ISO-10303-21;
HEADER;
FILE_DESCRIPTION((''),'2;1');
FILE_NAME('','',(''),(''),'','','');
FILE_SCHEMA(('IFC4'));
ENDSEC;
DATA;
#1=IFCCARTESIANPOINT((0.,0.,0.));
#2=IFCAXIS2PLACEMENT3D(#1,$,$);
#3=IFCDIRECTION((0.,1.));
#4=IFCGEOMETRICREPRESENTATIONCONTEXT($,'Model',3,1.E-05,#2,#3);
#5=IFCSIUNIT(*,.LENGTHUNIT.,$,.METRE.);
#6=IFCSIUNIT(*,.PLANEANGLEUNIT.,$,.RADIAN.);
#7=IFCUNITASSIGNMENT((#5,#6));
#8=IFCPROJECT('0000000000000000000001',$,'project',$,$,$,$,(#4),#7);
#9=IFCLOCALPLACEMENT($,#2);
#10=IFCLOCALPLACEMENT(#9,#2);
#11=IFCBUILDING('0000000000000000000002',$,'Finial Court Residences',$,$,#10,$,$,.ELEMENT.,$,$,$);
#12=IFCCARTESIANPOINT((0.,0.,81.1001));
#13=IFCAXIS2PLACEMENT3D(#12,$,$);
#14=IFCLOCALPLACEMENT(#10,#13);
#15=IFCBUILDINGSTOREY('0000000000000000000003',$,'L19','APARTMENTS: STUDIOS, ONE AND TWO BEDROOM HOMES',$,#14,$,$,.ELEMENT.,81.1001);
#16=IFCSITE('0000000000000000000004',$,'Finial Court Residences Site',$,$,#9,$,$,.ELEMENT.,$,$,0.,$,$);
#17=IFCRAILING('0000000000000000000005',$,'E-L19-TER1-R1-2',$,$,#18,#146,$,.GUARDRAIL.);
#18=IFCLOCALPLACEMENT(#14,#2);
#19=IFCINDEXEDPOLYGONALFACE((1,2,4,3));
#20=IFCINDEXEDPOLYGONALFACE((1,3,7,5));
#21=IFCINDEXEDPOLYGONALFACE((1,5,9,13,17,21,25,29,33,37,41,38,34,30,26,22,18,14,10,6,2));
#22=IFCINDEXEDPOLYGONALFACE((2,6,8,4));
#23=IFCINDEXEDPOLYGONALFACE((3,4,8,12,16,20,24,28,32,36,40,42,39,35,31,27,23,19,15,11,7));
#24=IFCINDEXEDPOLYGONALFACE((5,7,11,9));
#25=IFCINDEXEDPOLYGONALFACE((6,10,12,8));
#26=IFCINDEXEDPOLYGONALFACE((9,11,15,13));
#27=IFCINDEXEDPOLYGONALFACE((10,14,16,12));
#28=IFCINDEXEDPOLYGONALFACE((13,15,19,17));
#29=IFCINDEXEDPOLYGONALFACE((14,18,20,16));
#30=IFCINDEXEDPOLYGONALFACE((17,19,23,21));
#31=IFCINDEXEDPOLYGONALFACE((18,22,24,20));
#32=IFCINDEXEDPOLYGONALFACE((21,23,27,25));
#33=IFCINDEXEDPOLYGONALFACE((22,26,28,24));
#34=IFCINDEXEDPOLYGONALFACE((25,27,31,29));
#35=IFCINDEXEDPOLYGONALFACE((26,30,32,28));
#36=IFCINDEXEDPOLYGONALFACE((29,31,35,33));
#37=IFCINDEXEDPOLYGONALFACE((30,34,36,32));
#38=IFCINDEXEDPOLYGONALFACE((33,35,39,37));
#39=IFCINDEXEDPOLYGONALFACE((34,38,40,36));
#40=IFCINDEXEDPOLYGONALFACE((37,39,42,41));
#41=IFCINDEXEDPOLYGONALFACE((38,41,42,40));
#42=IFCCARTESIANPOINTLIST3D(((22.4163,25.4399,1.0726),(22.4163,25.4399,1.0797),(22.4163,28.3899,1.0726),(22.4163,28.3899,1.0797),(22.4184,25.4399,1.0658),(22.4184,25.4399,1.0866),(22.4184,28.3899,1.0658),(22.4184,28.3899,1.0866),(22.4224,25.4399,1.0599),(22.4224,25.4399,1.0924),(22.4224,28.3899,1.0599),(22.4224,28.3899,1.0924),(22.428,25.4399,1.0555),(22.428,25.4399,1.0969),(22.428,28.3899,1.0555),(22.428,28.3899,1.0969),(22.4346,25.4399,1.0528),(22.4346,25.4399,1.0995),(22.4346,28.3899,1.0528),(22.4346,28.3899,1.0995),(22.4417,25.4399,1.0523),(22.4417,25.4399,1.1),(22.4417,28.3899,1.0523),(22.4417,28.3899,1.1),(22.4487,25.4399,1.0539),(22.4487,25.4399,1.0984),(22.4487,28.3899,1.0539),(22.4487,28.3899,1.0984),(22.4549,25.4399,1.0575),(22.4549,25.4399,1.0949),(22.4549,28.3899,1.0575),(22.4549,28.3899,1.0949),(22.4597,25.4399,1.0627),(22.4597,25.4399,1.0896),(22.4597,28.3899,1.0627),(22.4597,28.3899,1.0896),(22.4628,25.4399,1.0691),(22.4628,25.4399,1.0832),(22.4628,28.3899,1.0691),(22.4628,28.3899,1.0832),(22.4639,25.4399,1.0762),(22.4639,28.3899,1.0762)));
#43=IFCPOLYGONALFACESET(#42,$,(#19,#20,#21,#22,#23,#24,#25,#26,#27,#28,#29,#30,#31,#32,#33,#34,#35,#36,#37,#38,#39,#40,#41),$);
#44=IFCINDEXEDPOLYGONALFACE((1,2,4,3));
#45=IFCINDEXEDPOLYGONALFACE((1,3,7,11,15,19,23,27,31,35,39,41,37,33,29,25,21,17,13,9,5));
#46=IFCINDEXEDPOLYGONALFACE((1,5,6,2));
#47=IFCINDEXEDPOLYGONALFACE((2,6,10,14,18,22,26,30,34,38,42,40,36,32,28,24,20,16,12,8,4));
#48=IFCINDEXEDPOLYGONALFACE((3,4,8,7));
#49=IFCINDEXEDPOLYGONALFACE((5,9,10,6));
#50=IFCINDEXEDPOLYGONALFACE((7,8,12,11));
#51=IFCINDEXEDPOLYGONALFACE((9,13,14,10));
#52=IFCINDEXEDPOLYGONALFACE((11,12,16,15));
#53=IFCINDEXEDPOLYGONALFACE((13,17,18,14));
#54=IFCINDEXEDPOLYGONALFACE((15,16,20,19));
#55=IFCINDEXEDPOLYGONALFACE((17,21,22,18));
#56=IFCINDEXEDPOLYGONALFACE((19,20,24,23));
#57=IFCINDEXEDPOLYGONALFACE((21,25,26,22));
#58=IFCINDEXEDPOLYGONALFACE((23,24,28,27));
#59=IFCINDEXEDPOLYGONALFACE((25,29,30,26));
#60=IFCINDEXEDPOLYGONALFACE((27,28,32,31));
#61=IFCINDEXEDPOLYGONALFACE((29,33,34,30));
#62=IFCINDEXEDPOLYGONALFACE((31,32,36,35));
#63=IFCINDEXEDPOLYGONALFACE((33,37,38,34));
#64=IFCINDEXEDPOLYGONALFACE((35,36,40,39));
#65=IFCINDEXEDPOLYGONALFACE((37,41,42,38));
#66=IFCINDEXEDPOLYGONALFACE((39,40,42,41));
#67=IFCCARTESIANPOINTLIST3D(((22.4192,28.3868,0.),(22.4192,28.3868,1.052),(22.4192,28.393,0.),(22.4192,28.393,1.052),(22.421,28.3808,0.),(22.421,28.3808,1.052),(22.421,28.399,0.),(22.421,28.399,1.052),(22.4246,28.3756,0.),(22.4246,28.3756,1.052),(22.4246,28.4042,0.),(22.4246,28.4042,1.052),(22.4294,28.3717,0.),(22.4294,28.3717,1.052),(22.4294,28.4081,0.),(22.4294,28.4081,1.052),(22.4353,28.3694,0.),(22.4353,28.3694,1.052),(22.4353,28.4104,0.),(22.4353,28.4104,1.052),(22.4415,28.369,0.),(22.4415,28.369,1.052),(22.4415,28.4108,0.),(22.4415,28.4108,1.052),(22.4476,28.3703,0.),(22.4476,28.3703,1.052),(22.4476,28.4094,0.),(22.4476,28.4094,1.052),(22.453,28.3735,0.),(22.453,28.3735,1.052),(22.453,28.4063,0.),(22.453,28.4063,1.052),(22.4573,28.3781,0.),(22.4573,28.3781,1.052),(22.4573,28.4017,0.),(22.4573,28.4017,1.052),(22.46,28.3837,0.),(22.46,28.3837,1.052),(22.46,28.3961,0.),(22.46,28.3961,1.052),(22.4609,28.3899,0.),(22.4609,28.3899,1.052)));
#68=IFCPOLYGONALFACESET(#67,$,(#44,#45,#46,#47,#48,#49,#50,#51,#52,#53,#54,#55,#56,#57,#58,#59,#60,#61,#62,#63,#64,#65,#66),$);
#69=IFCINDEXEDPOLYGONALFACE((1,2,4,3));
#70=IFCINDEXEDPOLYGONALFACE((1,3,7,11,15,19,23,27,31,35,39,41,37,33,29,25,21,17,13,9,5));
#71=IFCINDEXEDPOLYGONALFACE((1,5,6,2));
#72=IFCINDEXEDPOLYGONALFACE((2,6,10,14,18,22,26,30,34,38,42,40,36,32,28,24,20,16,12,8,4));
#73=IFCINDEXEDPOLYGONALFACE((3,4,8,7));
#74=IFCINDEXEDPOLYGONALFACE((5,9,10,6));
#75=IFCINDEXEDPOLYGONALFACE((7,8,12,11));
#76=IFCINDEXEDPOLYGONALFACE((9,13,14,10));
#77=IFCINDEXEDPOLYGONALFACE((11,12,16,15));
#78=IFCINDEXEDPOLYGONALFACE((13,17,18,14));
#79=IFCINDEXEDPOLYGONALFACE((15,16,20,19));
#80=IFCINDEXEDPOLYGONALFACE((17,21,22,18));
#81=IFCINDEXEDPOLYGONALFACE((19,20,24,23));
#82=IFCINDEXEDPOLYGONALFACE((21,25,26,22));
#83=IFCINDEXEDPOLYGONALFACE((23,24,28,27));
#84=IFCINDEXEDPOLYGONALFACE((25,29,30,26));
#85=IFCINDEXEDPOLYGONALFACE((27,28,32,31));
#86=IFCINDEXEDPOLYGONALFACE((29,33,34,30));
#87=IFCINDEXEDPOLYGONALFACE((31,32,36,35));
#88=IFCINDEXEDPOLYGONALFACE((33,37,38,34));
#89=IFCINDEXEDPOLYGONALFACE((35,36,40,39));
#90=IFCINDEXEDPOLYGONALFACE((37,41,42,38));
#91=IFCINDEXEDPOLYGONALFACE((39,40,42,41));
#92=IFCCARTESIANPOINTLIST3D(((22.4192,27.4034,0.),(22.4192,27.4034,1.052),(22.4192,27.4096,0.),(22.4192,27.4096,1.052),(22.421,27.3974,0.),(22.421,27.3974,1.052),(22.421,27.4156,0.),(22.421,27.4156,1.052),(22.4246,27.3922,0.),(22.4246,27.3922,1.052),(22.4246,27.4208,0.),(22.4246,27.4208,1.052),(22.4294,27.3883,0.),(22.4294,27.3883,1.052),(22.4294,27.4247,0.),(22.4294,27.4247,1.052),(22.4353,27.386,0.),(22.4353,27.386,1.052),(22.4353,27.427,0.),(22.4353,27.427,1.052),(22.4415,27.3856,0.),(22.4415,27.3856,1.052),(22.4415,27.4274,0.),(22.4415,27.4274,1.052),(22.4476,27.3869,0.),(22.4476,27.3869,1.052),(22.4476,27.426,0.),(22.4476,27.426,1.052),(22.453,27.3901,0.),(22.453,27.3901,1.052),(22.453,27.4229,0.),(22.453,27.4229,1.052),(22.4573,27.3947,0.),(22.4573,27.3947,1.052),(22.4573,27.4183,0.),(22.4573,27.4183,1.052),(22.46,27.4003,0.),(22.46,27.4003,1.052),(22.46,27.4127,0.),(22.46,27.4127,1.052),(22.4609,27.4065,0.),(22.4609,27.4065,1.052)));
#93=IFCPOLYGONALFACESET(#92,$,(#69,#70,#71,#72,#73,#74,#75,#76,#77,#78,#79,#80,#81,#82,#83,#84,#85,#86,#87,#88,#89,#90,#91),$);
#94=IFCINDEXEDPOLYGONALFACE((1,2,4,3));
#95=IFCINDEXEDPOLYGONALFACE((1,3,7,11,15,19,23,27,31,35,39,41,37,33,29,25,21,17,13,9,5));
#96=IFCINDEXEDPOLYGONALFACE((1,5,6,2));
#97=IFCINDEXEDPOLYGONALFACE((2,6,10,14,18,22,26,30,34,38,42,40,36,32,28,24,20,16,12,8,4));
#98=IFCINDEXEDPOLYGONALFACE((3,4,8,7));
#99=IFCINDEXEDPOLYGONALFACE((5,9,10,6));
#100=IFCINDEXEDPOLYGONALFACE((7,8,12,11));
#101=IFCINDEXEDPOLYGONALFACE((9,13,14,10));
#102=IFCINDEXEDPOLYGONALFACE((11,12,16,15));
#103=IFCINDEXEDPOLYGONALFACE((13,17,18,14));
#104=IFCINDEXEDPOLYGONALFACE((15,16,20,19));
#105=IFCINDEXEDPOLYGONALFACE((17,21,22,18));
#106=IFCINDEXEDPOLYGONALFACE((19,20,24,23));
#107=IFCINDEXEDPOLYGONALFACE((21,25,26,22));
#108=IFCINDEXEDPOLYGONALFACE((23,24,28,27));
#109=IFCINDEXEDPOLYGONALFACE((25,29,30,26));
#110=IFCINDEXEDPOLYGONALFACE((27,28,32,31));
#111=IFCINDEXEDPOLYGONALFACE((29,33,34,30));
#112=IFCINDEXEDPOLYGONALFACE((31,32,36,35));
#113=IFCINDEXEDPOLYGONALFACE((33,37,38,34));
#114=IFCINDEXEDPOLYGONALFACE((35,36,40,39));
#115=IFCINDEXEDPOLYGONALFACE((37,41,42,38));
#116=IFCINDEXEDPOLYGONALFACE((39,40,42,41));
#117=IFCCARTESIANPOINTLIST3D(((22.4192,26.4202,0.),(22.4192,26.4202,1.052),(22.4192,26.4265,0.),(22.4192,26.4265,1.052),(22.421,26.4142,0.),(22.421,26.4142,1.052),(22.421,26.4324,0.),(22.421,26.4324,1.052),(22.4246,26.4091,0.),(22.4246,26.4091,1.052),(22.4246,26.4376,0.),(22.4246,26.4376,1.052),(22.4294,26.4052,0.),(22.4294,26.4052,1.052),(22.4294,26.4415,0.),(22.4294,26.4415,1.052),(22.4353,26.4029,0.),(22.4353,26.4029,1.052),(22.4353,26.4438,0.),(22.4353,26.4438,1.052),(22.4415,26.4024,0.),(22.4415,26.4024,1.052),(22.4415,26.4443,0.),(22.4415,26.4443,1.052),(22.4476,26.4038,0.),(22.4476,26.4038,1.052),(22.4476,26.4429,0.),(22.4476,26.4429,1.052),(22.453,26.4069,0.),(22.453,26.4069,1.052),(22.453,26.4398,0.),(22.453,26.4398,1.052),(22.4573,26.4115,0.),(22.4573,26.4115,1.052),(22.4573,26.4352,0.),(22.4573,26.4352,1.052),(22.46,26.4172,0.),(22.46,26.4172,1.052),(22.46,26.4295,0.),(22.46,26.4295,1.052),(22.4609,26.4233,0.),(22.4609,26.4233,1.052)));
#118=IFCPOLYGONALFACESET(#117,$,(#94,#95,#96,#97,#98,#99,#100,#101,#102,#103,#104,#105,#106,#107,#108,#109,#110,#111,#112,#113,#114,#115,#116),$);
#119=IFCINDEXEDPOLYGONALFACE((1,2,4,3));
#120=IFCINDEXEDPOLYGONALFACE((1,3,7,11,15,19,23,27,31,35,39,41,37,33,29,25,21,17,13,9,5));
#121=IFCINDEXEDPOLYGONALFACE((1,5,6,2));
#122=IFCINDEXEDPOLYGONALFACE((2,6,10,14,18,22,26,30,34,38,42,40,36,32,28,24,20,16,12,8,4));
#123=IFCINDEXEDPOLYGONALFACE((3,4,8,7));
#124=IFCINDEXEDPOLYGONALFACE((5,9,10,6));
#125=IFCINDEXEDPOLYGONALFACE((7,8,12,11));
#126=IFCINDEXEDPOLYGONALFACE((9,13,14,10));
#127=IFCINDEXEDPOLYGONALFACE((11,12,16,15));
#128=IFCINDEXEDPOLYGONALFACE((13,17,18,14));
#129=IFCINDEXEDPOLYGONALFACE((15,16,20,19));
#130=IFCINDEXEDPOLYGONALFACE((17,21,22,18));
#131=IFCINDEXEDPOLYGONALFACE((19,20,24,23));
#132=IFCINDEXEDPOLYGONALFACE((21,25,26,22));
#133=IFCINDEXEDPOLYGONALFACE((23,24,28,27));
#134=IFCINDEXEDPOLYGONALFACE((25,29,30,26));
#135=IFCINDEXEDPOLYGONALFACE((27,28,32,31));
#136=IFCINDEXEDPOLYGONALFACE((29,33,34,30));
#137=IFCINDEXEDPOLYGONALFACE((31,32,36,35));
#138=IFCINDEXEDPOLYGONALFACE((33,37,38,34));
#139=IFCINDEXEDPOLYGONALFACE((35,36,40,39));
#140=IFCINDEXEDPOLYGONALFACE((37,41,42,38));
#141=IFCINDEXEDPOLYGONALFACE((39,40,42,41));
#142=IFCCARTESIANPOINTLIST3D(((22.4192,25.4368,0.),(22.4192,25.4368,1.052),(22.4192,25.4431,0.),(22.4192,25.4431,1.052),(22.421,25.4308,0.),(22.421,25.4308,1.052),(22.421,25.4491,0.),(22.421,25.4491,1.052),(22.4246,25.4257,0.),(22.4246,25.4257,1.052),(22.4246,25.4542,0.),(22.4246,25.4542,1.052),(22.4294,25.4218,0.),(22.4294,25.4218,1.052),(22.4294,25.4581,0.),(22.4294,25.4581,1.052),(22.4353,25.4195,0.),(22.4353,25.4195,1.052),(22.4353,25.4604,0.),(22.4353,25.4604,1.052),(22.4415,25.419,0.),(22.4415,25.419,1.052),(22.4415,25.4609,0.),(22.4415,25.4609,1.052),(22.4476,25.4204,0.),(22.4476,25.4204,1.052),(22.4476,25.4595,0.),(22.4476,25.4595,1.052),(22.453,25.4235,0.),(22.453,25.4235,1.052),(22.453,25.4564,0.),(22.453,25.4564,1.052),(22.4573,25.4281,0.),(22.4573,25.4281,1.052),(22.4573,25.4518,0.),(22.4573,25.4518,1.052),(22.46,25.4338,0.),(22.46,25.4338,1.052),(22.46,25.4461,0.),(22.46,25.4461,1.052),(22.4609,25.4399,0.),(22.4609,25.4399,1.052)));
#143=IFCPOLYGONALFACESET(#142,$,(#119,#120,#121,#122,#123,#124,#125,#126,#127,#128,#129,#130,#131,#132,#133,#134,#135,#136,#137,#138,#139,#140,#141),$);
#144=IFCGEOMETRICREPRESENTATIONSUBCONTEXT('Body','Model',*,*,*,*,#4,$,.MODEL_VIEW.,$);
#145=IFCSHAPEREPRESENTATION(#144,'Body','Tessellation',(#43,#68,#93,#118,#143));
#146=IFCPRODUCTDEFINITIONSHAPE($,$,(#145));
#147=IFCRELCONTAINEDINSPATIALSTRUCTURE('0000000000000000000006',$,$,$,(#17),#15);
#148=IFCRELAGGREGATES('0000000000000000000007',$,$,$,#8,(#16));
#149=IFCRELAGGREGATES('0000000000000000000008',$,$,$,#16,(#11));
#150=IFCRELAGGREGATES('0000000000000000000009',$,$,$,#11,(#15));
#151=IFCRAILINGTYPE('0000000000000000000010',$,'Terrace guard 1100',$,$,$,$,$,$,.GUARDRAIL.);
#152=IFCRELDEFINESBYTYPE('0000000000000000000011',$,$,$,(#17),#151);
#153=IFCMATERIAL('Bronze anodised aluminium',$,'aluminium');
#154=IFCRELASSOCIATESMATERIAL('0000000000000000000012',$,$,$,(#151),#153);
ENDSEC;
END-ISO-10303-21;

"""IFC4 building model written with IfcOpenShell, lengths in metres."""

from ifc_helpers import new_model, si_unit, direction, frame, origin, origin_2d, place, context, subcontext, project, spatial, circle, extrude, material, type_object, element, save


model = new_model("IFC4")

# Units and contexts
model_context = context("Model", 3, precision=1e-05, world=origin(), true_north=direction((0.0, 1.0)))
body_context = subcontext(model_context, "Body", "Model", "MODEL_VIEW")
ifc_project = project(units=[si_unit("LENGTHUNIT", "METRE"), si_unit("PLANEANGLEUNIT", "RADIAN")], contexts=[model_context])

# Site, building, storey
site_placement = place(None, origin())
site = spatial("IfcSite", under=ifc_project, at=site_placement, Name="Finial Court Residences Site", CompositionType="ELEMENT", RefElevation=0.0)
building_placement = place(site_placement, origin())
building = spatial("IfcBuilding", under=site, at=building_placement, Name="Finial Court Residences", CompositionType="ELEMENT")
storey_placement = place(building_placement, frame((0.0, 0.0, 81.1001)))
storey = spatial("IfcBuildingStorey", under=building, at=storey_placement, Name="L19", Description="APARTMENTS: STUDIOS, ONE AND TWO BEDROOM HOMES", CompositionType="ELEMENT", Elevation=81.1001)

# Shared definitions
ifc_material_1 = material(Name="Bronze anodised aluminium", Category="aluminium")

# Railing
railing_type = type_object("IfcRailingType", Name="Terrace guard 1100", PredefinedType="GUARDRAIL", material=ifc_material_1)
railing_1_placement = place(storey_placement, frame((22.4399, 28.3899, 0.0)))
element("IfcRailing", 1, at=railing_1_placement, inside=storey, type_object=railing_type, Name="E-L19-TER1-R1-2", PredefinedType="GUARDRAIL", context=body_context, shape_type="SweptSolid", body=[
    extrude(circle(Radius=0.0239, at=origin_2d()), frame((0.0, 0.0, 1.0762), z_axis=(0.0, -1.0, 0.0), x_axis=(1.0, 0.0, 0.0)), (0.0, 0.0, 1.0), 2.95),
    extrude(circle(Radius=0.021, at=origin_2d()), origin(), (0.0, 0.0, 1.0), 1.052),
    extrude(circle(Radius=0.021, at=origin_2d()), frame((0.0, -0.9834, 0.0)), (0.0, 0.0, 1.0), 1.052),
    extrude(circle(Radius=0.021, at=origin_2d()), frame((0.0, -1.9666, 0.0)), (0.0, 0.0, 1.0), 1.052),
    extrude(circle(Radius=0.021, at=origin_2d()), frame((0.0, -2.95, 0.0)), (0.0, 0.0, 1.0), 1.052),
])

save(model, "model.ifc")
